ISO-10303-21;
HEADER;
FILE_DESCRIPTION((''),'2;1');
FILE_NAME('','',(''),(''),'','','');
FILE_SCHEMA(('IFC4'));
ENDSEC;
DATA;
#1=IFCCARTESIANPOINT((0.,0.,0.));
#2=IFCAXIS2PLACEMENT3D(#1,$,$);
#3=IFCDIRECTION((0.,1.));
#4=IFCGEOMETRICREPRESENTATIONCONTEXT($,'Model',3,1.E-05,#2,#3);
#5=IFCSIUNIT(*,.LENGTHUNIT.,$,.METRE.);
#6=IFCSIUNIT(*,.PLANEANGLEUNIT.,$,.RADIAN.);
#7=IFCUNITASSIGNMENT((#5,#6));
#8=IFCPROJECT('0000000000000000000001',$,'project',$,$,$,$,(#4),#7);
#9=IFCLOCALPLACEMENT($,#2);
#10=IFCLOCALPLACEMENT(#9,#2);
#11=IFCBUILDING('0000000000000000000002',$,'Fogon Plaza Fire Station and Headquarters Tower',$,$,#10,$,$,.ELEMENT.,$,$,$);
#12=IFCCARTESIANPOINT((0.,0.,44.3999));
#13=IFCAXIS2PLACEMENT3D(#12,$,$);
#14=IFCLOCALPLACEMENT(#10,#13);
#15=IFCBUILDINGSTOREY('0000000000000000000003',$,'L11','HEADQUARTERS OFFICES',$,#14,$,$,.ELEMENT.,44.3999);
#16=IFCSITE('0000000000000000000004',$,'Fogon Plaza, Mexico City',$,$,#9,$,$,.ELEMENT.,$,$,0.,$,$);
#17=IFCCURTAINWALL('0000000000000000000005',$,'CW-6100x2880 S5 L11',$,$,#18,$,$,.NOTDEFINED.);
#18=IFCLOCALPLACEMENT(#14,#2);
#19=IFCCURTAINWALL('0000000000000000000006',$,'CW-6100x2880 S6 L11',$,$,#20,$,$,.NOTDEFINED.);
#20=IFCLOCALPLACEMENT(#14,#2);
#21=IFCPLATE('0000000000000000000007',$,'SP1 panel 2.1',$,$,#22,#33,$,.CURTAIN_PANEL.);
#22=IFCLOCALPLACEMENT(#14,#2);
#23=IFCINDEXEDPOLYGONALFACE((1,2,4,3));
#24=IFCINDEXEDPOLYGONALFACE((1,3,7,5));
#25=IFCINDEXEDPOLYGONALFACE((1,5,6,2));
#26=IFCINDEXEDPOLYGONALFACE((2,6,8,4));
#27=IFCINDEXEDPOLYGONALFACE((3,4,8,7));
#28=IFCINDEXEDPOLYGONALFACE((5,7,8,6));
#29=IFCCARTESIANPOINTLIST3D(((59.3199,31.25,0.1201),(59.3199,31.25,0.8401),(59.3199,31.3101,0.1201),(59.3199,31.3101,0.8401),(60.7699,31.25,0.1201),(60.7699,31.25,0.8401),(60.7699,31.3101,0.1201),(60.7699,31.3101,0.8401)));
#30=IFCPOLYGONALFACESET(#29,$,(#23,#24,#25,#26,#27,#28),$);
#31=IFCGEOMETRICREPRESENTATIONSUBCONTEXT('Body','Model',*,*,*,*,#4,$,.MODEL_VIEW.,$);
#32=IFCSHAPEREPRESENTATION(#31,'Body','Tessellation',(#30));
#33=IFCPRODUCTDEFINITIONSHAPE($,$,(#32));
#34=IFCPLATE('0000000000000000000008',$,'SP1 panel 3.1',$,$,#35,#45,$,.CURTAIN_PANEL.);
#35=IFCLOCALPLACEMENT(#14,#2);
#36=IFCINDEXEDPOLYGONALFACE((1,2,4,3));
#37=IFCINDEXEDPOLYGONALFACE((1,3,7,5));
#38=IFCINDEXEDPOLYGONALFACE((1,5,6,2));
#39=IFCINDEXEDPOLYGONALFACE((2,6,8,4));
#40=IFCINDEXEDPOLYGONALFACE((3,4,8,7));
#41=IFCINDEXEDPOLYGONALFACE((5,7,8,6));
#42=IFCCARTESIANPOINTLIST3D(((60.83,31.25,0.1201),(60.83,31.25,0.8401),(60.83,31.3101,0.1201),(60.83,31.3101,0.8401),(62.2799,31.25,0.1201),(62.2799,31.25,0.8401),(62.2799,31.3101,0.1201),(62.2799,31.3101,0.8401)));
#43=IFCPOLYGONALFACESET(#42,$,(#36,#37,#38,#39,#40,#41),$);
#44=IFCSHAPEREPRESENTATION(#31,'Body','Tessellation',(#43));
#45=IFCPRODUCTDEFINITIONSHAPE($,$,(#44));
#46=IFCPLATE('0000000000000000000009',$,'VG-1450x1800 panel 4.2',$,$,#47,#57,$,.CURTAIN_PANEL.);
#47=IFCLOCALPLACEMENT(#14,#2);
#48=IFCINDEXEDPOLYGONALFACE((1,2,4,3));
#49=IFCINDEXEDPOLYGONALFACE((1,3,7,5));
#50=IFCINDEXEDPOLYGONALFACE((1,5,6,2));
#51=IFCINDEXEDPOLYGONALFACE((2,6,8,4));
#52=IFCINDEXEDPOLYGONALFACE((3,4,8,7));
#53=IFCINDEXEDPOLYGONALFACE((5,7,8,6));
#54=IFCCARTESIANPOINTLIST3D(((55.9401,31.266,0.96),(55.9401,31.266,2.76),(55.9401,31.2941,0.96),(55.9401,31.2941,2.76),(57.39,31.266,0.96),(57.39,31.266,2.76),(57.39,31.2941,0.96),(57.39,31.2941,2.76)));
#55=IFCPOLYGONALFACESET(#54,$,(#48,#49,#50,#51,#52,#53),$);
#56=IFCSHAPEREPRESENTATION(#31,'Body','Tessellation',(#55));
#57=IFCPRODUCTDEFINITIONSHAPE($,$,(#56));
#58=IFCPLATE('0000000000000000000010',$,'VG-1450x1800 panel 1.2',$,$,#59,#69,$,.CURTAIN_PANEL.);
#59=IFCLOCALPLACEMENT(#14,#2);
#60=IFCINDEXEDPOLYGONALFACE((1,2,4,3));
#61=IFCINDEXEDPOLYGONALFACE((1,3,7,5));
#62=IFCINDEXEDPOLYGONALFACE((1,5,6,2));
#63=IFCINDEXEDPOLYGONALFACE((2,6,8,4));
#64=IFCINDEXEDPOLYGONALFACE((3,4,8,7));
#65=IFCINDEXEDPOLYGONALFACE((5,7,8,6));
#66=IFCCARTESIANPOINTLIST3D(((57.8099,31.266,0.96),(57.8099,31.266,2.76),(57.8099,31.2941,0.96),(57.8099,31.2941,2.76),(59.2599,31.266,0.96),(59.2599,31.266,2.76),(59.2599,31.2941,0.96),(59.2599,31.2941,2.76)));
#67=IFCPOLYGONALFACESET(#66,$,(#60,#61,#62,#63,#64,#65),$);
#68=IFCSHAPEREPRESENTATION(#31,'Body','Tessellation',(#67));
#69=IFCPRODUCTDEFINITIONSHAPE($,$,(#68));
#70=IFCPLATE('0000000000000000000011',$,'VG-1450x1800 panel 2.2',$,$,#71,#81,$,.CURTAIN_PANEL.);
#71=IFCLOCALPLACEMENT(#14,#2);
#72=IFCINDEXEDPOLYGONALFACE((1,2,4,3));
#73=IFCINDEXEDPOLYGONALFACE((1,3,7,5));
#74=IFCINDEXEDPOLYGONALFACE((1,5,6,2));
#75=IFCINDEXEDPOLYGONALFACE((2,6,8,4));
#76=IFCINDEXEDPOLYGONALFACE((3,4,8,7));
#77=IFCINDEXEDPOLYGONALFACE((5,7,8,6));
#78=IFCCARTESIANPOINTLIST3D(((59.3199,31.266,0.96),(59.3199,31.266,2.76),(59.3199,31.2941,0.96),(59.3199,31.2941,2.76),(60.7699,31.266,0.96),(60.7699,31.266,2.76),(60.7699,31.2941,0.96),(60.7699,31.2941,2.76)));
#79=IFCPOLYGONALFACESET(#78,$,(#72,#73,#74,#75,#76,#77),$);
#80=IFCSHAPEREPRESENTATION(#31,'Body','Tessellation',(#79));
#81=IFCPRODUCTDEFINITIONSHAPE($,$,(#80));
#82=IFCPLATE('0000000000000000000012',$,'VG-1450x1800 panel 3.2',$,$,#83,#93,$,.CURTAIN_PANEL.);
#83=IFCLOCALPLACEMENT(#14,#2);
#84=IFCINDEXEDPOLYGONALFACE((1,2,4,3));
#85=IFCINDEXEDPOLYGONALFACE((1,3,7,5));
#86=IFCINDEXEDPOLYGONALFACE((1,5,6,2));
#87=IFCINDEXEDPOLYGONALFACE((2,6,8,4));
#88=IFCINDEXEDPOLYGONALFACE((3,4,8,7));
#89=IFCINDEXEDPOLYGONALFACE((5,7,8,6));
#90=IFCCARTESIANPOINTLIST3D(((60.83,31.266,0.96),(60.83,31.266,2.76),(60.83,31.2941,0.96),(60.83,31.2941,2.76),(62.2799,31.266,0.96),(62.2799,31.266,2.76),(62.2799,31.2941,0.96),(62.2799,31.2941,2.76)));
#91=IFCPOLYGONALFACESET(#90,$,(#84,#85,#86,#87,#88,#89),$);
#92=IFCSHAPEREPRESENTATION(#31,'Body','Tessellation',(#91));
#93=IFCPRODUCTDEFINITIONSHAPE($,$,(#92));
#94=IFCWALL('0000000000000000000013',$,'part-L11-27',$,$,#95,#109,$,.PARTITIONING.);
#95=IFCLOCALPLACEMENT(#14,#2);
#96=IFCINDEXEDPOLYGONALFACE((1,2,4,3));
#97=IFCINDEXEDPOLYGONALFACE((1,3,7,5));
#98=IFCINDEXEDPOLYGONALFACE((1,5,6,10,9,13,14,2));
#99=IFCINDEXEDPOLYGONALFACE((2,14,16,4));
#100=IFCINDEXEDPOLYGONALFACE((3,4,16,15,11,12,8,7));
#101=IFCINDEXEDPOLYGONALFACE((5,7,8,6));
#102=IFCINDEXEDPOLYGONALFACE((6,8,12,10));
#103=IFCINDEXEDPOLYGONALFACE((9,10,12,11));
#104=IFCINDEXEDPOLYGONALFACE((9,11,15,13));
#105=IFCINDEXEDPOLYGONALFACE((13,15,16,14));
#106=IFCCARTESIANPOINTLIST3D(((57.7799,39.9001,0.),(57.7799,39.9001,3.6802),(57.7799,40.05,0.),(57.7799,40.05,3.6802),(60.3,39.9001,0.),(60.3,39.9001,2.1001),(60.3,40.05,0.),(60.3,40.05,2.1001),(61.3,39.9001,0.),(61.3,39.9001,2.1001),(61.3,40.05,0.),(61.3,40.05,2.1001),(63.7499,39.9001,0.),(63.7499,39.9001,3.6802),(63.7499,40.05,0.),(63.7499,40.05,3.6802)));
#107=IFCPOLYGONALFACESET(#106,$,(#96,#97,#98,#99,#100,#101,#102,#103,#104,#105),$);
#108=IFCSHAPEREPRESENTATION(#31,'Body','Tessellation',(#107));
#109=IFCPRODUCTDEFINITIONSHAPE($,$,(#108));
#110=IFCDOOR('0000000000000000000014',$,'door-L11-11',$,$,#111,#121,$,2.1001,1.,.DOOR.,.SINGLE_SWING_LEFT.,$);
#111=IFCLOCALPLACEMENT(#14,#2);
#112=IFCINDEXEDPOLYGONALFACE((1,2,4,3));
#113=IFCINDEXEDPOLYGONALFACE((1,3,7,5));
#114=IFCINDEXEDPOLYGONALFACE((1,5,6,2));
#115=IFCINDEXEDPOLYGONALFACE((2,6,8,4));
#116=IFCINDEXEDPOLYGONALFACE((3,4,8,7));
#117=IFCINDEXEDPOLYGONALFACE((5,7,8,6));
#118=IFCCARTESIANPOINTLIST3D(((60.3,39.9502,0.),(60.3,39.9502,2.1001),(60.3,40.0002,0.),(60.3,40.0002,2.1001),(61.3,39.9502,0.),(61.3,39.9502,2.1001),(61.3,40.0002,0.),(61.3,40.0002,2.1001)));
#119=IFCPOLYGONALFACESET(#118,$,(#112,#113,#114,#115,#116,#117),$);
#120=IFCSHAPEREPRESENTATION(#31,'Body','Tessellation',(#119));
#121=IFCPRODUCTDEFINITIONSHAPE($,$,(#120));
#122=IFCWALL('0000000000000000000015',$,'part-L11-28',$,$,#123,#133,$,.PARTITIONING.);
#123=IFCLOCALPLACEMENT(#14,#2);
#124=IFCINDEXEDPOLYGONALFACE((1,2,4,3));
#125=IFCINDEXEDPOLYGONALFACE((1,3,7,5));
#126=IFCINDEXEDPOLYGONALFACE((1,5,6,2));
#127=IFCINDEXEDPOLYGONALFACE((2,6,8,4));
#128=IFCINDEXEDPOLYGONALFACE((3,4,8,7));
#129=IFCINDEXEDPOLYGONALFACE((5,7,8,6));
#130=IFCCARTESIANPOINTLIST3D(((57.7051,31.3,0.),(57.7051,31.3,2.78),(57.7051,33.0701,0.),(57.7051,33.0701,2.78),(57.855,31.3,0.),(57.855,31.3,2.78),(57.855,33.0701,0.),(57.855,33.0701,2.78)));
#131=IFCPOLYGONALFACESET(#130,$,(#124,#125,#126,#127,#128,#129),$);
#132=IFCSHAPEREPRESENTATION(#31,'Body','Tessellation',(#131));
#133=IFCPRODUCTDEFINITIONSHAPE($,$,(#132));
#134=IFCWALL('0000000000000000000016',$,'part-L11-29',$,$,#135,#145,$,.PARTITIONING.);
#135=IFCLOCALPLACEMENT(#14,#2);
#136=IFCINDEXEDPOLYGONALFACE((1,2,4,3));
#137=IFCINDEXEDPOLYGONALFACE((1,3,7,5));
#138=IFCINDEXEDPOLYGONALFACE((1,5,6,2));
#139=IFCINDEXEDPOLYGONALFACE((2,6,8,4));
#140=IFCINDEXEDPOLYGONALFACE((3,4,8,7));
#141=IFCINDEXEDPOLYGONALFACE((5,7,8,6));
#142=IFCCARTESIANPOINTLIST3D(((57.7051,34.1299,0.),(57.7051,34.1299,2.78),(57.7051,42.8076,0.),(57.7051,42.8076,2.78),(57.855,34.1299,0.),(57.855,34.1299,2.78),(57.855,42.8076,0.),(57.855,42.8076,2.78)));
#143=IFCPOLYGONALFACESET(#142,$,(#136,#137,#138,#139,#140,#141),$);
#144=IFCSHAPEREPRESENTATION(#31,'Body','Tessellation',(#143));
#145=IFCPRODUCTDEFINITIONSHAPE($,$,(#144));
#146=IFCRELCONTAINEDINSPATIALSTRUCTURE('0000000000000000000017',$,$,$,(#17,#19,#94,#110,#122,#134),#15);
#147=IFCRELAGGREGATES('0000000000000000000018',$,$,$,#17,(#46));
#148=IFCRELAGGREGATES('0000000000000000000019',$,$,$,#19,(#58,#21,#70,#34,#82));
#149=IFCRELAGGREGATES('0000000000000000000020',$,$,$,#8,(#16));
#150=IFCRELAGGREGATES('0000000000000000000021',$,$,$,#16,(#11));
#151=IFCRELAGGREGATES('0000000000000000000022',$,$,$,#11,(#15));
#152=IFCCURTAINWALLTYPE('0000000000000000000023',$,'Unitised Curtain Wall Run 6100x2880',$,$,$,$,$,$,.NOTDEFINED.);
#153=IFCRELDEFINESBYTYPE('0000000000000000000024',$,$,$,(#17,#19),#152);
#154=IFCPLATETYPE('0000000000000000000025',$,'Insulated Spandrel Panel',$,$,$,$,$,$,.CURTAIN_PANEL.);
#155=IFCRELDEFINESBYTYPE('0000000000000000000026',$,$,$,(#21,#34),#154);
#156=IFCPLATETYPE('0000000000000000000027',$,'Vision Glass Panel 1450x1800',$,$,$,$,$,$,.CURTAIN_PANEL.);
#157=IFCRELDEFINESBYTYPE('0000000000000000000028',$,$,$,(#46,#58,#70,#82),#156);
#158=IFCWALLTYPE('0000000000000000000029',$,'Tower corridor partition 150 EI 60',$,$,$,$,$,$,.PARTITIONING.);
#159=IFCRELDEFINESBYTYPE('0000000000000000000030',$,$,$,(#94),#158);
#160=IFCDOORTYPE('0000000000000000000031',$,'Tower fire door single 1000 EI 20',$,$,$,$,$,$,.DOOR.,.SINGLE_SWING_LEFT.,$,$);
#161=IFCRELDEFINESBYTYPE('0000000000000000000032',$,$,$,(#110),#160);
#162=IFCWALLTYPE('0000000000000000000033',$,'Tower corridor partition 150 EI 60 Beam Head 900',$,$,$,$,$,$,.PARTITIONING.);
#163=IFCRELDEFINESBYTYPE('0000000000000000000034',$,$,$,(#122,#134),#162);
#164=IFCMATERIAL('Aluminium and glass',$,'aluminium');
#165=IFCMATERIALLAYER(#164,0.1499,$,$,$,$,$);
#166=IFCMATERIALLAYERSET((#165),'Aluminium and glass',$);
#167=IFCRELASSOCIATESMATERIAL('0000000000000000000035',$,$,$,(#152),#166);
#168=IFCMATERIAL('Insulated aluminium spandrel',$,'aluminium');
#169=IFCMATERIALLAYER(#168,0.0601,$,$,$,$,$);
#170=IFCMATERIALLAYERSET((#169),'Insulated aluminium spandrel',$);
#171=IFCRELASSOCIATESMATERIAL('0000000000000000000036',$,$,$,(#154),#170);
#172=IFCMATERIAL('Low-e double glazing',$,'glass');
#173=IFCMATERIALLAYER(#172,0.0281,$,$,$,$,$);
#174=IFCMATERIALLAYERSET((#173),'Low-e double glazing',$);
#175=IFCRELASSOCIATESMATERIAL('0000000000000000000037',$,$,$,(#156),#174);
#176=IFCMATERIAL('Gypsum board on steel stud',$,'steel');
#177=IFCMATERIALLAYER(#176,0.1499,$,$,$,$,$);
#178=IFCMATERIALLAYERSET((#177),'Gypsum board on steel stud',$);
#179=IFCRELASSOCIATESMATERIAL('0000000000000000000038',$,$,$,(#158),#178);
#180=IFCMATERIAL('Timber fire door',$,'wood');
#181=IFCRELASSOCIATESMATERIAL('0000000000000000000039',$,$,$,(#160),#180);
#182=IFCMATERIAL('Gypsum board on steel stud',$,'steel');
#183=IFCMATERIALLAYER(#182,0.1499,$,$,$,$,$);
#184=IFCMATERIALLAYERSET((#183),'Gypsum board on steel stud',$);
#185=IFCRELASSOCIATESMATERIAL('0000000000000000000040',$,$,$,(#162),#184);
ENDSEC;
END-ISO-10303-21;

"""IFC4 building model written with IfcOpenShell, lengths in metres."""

from ifc_helpers import new_model, si_unit, direction, frame, frame_2d, origin, origin_2d, place, context, subcontext, project, spatial, rectangle, extrude, material, layer, layer_set, type_object, element, fill, aggregate, save


model = new_model("IFC4")

# Units and contexts
model_context = context("Model", 3, precision=1e-05, world=origin(), true_north=direction((0.0, 1.0)))
body_context = subcontext(model_context, "Body", "Model", "MODEL_VIEW")
ifc_project = project(units=[si_unit("LENGTHUNIT", "METRE"), si_unit("PLANEANGLEUNIT", "RADIAN")], contexts=[model_context])

# Site, building, storey
site_placement = place(None, origin())
site = spatial("IfcSite", under=ifc_project, at=site_placement, Name="Fogon Plaza, Mexico City", CompositionType="ELEMENT", RefElevation=0.0)
building_placement = place(site_placement, origin())
building = spatial("IfcBuilding", under=site, at=building_placement, Name="Fogon Plaza Fire Station and Headquarters Tower", CompositionType="ELEMENT")
storey_placement = place(building_placement, frame((0.0, 0.0, 44.3999)))
storey = spatial("IfcBuildingStorey", under=building, at=storey_placement, Name="L11", Description="HEADQUARTERS OFFICES", CompositionType="ELEMENT", Elevation=44.3999)

# Curtain walls
ifc_material_1 = material(Name="Aluminium and glass", Category="aluminium")
ifc_layer_1 = layer(ifc_material_1, 0.1499)
ifc_layer_set_1 = layer_set([ifc_layer_1], Name="Aluminium and glass")
curtain_wall_type = type_object("IfcCurtainWallType", Name="Unitised Curtain Wall Run 6100x2880", PredefinedType="NOTDEFINED", material=ifc_layer_set_1)
curtain_wall_1_placement = place(storey_placement, origin())
curtain_wall_1 = element("IfcCurtainWall", 1, at=curtain_wall_1_placement, inside=storey, type_object=curtain_wall_type, Name="CW-6100x2880 S5 L11", PredefinedType="NOTDEFINED")
curtain_wall_2_placement = place(storey_placement, origin())
curtain_wall_2 = element("IfcCurtainWall", 2, at=curtain_wall_2_placement, inside=storey, type_object=curtain_wall_type, Name="CW-6100x2880 S6 L11", PredefinedType="NOTDEFINED")

# Plates
ifc_material_2 = material(Name="Insulated aluminium spandrel", Category="aluminium")
ifc_layer_2 = layer(ifc_material_2, 0.0601)
ifc_layer_set_2 = layer_set([ifc_layer_2], Name="Insulated aluminium spandrel")
plate_type_1 = type_object("IfcPlateType", Name="Insulated Spandrel Panel", PredefinedType="CURTAIN_PANEL", material=ifc_layer_set_2)
plate_1_placement = place(storey_placement, frame((60.0449, 31.28, 0.1201), z_axis=(0.0, 0.0, 1.0), x_axis=(1.0, 0.0, 0.0)))
plate_1 = element("IfcPlate", 3, at=plate_1_placement, type_object=plate_type_1, Name="SP1 panel 2.1", PredefinedType="CURTAIN_PANEL", context=body_context, shape_type="SweptSolid", body=[
    extrude(rectangle(XDim=1.45, YDim=0.0601, at=origin_2d()), origin(), (0.0, 0.0, 1.0), 0.72),
])
plate_2_placement = place(storey_placement, frame((61.5549, 31.28, 0.1201), z_axis=(0.0, 0.0, 1.0), x_axis=(1.0, 0.0, 0.0)))
plate_2 = element("IfcPlate", 4, at=plate_2_placement, type_object=plate_type_1, Name="SP1 panel 3.1", PredefinedType="CURTAIN_PANEL", context=body_context, shape_type="SweptSolid", body=[
    extrude(rectangle(XDim=1.45, YDim=0.0601, at=origin_2d()), origin(), (0.0, 0.0, 1.0), 0.72),
])
ifc_material_3 = material(Name="Low-e double glazing", Category="glass")
ifc_layer_3 = layer(ifc_material_3, 0.0281)
ifc_layer_set_3 = layer_set([ifc_layer_3], Name="Low-e double glazing")
plate_type_2 = type_object("IfcPlateType", Name="Vision Glass Panel 1450x1800", PredefinedType="CURTAIN_PANEL", material=ifc_layer_set_3)
plate_3_placement = place(storey_placement, frame((56.665, 31.28, 0.96), z_axis=(0.0, 0.0, 1.0), x_axis=(1.0, 0.0, 0.0)))
plate_3 = element("IfcPlate", 5, at=plate_3_placement, type_object=plate_type_2, Name="VG-1450x1800 panel 4.2", PredefinedType="CURTAIN_PANEL", context=body_context, shape_type="SweptSolid", body=[
    extrude(rectangle(XDim=1.45, YDim=0.0281, at=origin_2d()), origin(), (0.0, 0.0, 1.0), 1.8),
])
aggregate(curtain_wall_1, [plate_3])
plate_4_placement = place(storey_placement, frame((58.5349, 31.28, 0.96), z_axis=(0.0, 0.0, 1.0), x_axis=(1.0, 0.0, 0.0)))
plate_4 = element("IfcPlate", 6, at=plate_4_placement, type_object=plate_type_2, Name="VG-1450x1800 panel 1.2", PredefinedType="CURTAIN_PANEL", context=body_context, shape_type="SweptSolid", body=[
    extrude(rectangle(XDim=1.45, YDim=0.0281, at=origin_2d()), origin(), (0.0, 0.0, 1.0), 1.8),
])
plate_5_placement = place(storey_placement, frame((60.0449, 31.28, 0.96), z_axis=(0.0, 0.0, 1.0), x_axis=(1.0, 0.0, 0.0)))
plate_5 = element("IfcPlate", 7, at=plate_5_placement, type_object=plate_type_2, Name="VG-1450x1800 panel 2.2", PredefinedType="CURTAIN_PANEL", context=body_context, shape_type="SweptSolid", body=[
    extrude(rectangle(XDim=1.45, YDim=0.0281, at=origin_2d()), origin(), (0.0, 0.0, 1.0), 1.8),
])
plate_6_placement = place(storey_placement, frame((61.5549, 31.28, 0.96), z_axis=(0.0, 0.0, 1.0), x_axis=(1.0, 0.0, 0.0)))
plate_6 = element("IfcPlate", 8, at=plate_6_placement, type_object=plate_type_2, Name="VG-1450x1800 panel 3.2", PredefinedType="CURTAIN_PANEL", context=body_context, shape_type="SweptSolid", body=[
    extrude(rectangle(XDim=1.45, YDim=0.0281, at=origin_2d()), origin(), (0.0, 0.0, 1.0), 1.8),
])
aggregate(curtain_wall_2, [plate_4, plate_1, plate_5, plate_2, plate_6])

# Wall, opening, door
ifc_material_4 = material(Name="Gypsum board on steel stud", Category="steel")
ifc_layer_4 = layer(ifc_material_4, 0.1499)
ifc_layer_set_4 = layer_set([ifc_layer_4], Name="Gypsum board on steel stud")
wall_type_1 = type_object("IfcWallType", Name="Tower corridor partition 150 EI 60", PredefinedType="PARTITIONING", material=ifc_layer_set_4)
wall_1_placement = place(storey_placement, frame((57.78, 39.9751, 0.0), z_axis=(0.0, 0.0, 1.0), x_axis=(1.0, 0.0, 0.0)))
wall_1 = element("IfcWall", 9, at=wall_1_placement, inside=storey, type_object=wall_type_1, Name="part-L11-27", PredefinedType="PARTITIONING", context=body_context, shape_type="SweptSolid", body=[
    extrude(rectangle(XDim=5.97, YDim=0.1499, at=frame_2d((2.9849, 0.0))), origin(), (0.0, 0.0, 1.0), 3.6802),
])
opening_placement = place(wall_1_placement, frame((2.52, 0.0, 0.0)))
opening = element("IfcOpeningElement", 10, at=opening_placement, cuts=wall_1, PredefinedType="OPENING", context=body_context, shape_type="SweptSolid", body=[
    extrude(rectangle(XDim=1.0, YDim=2.1001, at=frame_2d((0.5, 1.05))), frame((0.0, 0.085, 0.0), z_axis=(0.0, -1.0, 0.0), x_axis=(1.0, 0.0, 0.0)), (0.0, 0.0, 1.0), 0.1699),
])
ifc_material_5 = material(Name="Timber fire door", Category="wood")
door_type = type_object("IfcDoorType", Name="Tower fire door single 1000 EI 20", OperationType="SINGLE_SWING_LEFT", PredefinedType="DOOR", material=ifc_material_5)
door_placement = place(opening_placement, frame((1.0, 0.0, 0.0), z_axis=(0.0, 0.0, 1.0), x_axis=(-1.0, 0.0, 0.0)))
door = element("IfcDoor", 11, at=door_placement, inside=storey, type_object=door_type, Name="door-L11-11", OperationType="SINGLE_SWING_LEFT", OverallHeight=2.1001, OverallWidth=1.0, PredefinedType="DOOR", context=body_context, shape_type="SweptSolid", body=[
    extrude(rectangle(XDim=1.0, YDim=2.1001, at=frame_2d((0.5, 1.05))), frame((0.0, 0.0249, 0.0), z_axis=(0.0, -1.0, 0.0), x_axis=(1.0, 0.0, 0.0)), (0.0, 0.0, 1.0), 0.05),
])
fill(opening, door)

# Walls
ifc_material_6 = material(Name="Gypsum board on steel stud", Category="steel")
ifc_layer_5 = layer(ifc_material_6, 0.1499)
ifc_layer_set_5 = layer_set([ifc_layer_5], Name="Gypsum board on steel stud")
wall_type_2 = type_object("IfcWallType", Name="Tower corridor partition 150 EI 60 Beam Head 900", PredefinedType="PARTITIONING", material=ifc_layer_set_5)
wall_2_placement = place(storey_placement, frame((57.78, 31.3, 0.0), z_axis=(0.0, 0.0, 1.0), x_axis=(0.0, 1.0, 0.0)))
element("IfcWall", 12, at=wall_2_placement, inside=storey, type_object=wall_type_2, Name="part-L11-28", PredefinedType="PARTITIONING", context=body_context, shape_type="SweptSolid", body=[
    extrude(rectangle(XDim=1.77, YDim=0.1499, at=frame_2d((0.885, 0.0))), origin(), (0.0, 0.0, 1.0), 2.78),
])
wall_3_placement = place(storey_placement, frame((57.78, 34.1299, 0.0), z_axis=(0.0, 0.0, 1.0), x_axis=(0.0, 1.0, 0.0)))
element("IfcWall", 13, at=wall_3_placement, inside=storey, type_object=wall_type_2, Name="part-L11-29", PredefinedType="PARTITIONING", context=body_context, shape_type="SweptSolid", body=[
    extrude(rectangle(XDim=8.6777, YDim=0.1499, at=frame_2d((4.3389, 0.0))), origin(), (0.0, 0.0, 1.0), 2.78),
])

save(model, "model.ifc")
